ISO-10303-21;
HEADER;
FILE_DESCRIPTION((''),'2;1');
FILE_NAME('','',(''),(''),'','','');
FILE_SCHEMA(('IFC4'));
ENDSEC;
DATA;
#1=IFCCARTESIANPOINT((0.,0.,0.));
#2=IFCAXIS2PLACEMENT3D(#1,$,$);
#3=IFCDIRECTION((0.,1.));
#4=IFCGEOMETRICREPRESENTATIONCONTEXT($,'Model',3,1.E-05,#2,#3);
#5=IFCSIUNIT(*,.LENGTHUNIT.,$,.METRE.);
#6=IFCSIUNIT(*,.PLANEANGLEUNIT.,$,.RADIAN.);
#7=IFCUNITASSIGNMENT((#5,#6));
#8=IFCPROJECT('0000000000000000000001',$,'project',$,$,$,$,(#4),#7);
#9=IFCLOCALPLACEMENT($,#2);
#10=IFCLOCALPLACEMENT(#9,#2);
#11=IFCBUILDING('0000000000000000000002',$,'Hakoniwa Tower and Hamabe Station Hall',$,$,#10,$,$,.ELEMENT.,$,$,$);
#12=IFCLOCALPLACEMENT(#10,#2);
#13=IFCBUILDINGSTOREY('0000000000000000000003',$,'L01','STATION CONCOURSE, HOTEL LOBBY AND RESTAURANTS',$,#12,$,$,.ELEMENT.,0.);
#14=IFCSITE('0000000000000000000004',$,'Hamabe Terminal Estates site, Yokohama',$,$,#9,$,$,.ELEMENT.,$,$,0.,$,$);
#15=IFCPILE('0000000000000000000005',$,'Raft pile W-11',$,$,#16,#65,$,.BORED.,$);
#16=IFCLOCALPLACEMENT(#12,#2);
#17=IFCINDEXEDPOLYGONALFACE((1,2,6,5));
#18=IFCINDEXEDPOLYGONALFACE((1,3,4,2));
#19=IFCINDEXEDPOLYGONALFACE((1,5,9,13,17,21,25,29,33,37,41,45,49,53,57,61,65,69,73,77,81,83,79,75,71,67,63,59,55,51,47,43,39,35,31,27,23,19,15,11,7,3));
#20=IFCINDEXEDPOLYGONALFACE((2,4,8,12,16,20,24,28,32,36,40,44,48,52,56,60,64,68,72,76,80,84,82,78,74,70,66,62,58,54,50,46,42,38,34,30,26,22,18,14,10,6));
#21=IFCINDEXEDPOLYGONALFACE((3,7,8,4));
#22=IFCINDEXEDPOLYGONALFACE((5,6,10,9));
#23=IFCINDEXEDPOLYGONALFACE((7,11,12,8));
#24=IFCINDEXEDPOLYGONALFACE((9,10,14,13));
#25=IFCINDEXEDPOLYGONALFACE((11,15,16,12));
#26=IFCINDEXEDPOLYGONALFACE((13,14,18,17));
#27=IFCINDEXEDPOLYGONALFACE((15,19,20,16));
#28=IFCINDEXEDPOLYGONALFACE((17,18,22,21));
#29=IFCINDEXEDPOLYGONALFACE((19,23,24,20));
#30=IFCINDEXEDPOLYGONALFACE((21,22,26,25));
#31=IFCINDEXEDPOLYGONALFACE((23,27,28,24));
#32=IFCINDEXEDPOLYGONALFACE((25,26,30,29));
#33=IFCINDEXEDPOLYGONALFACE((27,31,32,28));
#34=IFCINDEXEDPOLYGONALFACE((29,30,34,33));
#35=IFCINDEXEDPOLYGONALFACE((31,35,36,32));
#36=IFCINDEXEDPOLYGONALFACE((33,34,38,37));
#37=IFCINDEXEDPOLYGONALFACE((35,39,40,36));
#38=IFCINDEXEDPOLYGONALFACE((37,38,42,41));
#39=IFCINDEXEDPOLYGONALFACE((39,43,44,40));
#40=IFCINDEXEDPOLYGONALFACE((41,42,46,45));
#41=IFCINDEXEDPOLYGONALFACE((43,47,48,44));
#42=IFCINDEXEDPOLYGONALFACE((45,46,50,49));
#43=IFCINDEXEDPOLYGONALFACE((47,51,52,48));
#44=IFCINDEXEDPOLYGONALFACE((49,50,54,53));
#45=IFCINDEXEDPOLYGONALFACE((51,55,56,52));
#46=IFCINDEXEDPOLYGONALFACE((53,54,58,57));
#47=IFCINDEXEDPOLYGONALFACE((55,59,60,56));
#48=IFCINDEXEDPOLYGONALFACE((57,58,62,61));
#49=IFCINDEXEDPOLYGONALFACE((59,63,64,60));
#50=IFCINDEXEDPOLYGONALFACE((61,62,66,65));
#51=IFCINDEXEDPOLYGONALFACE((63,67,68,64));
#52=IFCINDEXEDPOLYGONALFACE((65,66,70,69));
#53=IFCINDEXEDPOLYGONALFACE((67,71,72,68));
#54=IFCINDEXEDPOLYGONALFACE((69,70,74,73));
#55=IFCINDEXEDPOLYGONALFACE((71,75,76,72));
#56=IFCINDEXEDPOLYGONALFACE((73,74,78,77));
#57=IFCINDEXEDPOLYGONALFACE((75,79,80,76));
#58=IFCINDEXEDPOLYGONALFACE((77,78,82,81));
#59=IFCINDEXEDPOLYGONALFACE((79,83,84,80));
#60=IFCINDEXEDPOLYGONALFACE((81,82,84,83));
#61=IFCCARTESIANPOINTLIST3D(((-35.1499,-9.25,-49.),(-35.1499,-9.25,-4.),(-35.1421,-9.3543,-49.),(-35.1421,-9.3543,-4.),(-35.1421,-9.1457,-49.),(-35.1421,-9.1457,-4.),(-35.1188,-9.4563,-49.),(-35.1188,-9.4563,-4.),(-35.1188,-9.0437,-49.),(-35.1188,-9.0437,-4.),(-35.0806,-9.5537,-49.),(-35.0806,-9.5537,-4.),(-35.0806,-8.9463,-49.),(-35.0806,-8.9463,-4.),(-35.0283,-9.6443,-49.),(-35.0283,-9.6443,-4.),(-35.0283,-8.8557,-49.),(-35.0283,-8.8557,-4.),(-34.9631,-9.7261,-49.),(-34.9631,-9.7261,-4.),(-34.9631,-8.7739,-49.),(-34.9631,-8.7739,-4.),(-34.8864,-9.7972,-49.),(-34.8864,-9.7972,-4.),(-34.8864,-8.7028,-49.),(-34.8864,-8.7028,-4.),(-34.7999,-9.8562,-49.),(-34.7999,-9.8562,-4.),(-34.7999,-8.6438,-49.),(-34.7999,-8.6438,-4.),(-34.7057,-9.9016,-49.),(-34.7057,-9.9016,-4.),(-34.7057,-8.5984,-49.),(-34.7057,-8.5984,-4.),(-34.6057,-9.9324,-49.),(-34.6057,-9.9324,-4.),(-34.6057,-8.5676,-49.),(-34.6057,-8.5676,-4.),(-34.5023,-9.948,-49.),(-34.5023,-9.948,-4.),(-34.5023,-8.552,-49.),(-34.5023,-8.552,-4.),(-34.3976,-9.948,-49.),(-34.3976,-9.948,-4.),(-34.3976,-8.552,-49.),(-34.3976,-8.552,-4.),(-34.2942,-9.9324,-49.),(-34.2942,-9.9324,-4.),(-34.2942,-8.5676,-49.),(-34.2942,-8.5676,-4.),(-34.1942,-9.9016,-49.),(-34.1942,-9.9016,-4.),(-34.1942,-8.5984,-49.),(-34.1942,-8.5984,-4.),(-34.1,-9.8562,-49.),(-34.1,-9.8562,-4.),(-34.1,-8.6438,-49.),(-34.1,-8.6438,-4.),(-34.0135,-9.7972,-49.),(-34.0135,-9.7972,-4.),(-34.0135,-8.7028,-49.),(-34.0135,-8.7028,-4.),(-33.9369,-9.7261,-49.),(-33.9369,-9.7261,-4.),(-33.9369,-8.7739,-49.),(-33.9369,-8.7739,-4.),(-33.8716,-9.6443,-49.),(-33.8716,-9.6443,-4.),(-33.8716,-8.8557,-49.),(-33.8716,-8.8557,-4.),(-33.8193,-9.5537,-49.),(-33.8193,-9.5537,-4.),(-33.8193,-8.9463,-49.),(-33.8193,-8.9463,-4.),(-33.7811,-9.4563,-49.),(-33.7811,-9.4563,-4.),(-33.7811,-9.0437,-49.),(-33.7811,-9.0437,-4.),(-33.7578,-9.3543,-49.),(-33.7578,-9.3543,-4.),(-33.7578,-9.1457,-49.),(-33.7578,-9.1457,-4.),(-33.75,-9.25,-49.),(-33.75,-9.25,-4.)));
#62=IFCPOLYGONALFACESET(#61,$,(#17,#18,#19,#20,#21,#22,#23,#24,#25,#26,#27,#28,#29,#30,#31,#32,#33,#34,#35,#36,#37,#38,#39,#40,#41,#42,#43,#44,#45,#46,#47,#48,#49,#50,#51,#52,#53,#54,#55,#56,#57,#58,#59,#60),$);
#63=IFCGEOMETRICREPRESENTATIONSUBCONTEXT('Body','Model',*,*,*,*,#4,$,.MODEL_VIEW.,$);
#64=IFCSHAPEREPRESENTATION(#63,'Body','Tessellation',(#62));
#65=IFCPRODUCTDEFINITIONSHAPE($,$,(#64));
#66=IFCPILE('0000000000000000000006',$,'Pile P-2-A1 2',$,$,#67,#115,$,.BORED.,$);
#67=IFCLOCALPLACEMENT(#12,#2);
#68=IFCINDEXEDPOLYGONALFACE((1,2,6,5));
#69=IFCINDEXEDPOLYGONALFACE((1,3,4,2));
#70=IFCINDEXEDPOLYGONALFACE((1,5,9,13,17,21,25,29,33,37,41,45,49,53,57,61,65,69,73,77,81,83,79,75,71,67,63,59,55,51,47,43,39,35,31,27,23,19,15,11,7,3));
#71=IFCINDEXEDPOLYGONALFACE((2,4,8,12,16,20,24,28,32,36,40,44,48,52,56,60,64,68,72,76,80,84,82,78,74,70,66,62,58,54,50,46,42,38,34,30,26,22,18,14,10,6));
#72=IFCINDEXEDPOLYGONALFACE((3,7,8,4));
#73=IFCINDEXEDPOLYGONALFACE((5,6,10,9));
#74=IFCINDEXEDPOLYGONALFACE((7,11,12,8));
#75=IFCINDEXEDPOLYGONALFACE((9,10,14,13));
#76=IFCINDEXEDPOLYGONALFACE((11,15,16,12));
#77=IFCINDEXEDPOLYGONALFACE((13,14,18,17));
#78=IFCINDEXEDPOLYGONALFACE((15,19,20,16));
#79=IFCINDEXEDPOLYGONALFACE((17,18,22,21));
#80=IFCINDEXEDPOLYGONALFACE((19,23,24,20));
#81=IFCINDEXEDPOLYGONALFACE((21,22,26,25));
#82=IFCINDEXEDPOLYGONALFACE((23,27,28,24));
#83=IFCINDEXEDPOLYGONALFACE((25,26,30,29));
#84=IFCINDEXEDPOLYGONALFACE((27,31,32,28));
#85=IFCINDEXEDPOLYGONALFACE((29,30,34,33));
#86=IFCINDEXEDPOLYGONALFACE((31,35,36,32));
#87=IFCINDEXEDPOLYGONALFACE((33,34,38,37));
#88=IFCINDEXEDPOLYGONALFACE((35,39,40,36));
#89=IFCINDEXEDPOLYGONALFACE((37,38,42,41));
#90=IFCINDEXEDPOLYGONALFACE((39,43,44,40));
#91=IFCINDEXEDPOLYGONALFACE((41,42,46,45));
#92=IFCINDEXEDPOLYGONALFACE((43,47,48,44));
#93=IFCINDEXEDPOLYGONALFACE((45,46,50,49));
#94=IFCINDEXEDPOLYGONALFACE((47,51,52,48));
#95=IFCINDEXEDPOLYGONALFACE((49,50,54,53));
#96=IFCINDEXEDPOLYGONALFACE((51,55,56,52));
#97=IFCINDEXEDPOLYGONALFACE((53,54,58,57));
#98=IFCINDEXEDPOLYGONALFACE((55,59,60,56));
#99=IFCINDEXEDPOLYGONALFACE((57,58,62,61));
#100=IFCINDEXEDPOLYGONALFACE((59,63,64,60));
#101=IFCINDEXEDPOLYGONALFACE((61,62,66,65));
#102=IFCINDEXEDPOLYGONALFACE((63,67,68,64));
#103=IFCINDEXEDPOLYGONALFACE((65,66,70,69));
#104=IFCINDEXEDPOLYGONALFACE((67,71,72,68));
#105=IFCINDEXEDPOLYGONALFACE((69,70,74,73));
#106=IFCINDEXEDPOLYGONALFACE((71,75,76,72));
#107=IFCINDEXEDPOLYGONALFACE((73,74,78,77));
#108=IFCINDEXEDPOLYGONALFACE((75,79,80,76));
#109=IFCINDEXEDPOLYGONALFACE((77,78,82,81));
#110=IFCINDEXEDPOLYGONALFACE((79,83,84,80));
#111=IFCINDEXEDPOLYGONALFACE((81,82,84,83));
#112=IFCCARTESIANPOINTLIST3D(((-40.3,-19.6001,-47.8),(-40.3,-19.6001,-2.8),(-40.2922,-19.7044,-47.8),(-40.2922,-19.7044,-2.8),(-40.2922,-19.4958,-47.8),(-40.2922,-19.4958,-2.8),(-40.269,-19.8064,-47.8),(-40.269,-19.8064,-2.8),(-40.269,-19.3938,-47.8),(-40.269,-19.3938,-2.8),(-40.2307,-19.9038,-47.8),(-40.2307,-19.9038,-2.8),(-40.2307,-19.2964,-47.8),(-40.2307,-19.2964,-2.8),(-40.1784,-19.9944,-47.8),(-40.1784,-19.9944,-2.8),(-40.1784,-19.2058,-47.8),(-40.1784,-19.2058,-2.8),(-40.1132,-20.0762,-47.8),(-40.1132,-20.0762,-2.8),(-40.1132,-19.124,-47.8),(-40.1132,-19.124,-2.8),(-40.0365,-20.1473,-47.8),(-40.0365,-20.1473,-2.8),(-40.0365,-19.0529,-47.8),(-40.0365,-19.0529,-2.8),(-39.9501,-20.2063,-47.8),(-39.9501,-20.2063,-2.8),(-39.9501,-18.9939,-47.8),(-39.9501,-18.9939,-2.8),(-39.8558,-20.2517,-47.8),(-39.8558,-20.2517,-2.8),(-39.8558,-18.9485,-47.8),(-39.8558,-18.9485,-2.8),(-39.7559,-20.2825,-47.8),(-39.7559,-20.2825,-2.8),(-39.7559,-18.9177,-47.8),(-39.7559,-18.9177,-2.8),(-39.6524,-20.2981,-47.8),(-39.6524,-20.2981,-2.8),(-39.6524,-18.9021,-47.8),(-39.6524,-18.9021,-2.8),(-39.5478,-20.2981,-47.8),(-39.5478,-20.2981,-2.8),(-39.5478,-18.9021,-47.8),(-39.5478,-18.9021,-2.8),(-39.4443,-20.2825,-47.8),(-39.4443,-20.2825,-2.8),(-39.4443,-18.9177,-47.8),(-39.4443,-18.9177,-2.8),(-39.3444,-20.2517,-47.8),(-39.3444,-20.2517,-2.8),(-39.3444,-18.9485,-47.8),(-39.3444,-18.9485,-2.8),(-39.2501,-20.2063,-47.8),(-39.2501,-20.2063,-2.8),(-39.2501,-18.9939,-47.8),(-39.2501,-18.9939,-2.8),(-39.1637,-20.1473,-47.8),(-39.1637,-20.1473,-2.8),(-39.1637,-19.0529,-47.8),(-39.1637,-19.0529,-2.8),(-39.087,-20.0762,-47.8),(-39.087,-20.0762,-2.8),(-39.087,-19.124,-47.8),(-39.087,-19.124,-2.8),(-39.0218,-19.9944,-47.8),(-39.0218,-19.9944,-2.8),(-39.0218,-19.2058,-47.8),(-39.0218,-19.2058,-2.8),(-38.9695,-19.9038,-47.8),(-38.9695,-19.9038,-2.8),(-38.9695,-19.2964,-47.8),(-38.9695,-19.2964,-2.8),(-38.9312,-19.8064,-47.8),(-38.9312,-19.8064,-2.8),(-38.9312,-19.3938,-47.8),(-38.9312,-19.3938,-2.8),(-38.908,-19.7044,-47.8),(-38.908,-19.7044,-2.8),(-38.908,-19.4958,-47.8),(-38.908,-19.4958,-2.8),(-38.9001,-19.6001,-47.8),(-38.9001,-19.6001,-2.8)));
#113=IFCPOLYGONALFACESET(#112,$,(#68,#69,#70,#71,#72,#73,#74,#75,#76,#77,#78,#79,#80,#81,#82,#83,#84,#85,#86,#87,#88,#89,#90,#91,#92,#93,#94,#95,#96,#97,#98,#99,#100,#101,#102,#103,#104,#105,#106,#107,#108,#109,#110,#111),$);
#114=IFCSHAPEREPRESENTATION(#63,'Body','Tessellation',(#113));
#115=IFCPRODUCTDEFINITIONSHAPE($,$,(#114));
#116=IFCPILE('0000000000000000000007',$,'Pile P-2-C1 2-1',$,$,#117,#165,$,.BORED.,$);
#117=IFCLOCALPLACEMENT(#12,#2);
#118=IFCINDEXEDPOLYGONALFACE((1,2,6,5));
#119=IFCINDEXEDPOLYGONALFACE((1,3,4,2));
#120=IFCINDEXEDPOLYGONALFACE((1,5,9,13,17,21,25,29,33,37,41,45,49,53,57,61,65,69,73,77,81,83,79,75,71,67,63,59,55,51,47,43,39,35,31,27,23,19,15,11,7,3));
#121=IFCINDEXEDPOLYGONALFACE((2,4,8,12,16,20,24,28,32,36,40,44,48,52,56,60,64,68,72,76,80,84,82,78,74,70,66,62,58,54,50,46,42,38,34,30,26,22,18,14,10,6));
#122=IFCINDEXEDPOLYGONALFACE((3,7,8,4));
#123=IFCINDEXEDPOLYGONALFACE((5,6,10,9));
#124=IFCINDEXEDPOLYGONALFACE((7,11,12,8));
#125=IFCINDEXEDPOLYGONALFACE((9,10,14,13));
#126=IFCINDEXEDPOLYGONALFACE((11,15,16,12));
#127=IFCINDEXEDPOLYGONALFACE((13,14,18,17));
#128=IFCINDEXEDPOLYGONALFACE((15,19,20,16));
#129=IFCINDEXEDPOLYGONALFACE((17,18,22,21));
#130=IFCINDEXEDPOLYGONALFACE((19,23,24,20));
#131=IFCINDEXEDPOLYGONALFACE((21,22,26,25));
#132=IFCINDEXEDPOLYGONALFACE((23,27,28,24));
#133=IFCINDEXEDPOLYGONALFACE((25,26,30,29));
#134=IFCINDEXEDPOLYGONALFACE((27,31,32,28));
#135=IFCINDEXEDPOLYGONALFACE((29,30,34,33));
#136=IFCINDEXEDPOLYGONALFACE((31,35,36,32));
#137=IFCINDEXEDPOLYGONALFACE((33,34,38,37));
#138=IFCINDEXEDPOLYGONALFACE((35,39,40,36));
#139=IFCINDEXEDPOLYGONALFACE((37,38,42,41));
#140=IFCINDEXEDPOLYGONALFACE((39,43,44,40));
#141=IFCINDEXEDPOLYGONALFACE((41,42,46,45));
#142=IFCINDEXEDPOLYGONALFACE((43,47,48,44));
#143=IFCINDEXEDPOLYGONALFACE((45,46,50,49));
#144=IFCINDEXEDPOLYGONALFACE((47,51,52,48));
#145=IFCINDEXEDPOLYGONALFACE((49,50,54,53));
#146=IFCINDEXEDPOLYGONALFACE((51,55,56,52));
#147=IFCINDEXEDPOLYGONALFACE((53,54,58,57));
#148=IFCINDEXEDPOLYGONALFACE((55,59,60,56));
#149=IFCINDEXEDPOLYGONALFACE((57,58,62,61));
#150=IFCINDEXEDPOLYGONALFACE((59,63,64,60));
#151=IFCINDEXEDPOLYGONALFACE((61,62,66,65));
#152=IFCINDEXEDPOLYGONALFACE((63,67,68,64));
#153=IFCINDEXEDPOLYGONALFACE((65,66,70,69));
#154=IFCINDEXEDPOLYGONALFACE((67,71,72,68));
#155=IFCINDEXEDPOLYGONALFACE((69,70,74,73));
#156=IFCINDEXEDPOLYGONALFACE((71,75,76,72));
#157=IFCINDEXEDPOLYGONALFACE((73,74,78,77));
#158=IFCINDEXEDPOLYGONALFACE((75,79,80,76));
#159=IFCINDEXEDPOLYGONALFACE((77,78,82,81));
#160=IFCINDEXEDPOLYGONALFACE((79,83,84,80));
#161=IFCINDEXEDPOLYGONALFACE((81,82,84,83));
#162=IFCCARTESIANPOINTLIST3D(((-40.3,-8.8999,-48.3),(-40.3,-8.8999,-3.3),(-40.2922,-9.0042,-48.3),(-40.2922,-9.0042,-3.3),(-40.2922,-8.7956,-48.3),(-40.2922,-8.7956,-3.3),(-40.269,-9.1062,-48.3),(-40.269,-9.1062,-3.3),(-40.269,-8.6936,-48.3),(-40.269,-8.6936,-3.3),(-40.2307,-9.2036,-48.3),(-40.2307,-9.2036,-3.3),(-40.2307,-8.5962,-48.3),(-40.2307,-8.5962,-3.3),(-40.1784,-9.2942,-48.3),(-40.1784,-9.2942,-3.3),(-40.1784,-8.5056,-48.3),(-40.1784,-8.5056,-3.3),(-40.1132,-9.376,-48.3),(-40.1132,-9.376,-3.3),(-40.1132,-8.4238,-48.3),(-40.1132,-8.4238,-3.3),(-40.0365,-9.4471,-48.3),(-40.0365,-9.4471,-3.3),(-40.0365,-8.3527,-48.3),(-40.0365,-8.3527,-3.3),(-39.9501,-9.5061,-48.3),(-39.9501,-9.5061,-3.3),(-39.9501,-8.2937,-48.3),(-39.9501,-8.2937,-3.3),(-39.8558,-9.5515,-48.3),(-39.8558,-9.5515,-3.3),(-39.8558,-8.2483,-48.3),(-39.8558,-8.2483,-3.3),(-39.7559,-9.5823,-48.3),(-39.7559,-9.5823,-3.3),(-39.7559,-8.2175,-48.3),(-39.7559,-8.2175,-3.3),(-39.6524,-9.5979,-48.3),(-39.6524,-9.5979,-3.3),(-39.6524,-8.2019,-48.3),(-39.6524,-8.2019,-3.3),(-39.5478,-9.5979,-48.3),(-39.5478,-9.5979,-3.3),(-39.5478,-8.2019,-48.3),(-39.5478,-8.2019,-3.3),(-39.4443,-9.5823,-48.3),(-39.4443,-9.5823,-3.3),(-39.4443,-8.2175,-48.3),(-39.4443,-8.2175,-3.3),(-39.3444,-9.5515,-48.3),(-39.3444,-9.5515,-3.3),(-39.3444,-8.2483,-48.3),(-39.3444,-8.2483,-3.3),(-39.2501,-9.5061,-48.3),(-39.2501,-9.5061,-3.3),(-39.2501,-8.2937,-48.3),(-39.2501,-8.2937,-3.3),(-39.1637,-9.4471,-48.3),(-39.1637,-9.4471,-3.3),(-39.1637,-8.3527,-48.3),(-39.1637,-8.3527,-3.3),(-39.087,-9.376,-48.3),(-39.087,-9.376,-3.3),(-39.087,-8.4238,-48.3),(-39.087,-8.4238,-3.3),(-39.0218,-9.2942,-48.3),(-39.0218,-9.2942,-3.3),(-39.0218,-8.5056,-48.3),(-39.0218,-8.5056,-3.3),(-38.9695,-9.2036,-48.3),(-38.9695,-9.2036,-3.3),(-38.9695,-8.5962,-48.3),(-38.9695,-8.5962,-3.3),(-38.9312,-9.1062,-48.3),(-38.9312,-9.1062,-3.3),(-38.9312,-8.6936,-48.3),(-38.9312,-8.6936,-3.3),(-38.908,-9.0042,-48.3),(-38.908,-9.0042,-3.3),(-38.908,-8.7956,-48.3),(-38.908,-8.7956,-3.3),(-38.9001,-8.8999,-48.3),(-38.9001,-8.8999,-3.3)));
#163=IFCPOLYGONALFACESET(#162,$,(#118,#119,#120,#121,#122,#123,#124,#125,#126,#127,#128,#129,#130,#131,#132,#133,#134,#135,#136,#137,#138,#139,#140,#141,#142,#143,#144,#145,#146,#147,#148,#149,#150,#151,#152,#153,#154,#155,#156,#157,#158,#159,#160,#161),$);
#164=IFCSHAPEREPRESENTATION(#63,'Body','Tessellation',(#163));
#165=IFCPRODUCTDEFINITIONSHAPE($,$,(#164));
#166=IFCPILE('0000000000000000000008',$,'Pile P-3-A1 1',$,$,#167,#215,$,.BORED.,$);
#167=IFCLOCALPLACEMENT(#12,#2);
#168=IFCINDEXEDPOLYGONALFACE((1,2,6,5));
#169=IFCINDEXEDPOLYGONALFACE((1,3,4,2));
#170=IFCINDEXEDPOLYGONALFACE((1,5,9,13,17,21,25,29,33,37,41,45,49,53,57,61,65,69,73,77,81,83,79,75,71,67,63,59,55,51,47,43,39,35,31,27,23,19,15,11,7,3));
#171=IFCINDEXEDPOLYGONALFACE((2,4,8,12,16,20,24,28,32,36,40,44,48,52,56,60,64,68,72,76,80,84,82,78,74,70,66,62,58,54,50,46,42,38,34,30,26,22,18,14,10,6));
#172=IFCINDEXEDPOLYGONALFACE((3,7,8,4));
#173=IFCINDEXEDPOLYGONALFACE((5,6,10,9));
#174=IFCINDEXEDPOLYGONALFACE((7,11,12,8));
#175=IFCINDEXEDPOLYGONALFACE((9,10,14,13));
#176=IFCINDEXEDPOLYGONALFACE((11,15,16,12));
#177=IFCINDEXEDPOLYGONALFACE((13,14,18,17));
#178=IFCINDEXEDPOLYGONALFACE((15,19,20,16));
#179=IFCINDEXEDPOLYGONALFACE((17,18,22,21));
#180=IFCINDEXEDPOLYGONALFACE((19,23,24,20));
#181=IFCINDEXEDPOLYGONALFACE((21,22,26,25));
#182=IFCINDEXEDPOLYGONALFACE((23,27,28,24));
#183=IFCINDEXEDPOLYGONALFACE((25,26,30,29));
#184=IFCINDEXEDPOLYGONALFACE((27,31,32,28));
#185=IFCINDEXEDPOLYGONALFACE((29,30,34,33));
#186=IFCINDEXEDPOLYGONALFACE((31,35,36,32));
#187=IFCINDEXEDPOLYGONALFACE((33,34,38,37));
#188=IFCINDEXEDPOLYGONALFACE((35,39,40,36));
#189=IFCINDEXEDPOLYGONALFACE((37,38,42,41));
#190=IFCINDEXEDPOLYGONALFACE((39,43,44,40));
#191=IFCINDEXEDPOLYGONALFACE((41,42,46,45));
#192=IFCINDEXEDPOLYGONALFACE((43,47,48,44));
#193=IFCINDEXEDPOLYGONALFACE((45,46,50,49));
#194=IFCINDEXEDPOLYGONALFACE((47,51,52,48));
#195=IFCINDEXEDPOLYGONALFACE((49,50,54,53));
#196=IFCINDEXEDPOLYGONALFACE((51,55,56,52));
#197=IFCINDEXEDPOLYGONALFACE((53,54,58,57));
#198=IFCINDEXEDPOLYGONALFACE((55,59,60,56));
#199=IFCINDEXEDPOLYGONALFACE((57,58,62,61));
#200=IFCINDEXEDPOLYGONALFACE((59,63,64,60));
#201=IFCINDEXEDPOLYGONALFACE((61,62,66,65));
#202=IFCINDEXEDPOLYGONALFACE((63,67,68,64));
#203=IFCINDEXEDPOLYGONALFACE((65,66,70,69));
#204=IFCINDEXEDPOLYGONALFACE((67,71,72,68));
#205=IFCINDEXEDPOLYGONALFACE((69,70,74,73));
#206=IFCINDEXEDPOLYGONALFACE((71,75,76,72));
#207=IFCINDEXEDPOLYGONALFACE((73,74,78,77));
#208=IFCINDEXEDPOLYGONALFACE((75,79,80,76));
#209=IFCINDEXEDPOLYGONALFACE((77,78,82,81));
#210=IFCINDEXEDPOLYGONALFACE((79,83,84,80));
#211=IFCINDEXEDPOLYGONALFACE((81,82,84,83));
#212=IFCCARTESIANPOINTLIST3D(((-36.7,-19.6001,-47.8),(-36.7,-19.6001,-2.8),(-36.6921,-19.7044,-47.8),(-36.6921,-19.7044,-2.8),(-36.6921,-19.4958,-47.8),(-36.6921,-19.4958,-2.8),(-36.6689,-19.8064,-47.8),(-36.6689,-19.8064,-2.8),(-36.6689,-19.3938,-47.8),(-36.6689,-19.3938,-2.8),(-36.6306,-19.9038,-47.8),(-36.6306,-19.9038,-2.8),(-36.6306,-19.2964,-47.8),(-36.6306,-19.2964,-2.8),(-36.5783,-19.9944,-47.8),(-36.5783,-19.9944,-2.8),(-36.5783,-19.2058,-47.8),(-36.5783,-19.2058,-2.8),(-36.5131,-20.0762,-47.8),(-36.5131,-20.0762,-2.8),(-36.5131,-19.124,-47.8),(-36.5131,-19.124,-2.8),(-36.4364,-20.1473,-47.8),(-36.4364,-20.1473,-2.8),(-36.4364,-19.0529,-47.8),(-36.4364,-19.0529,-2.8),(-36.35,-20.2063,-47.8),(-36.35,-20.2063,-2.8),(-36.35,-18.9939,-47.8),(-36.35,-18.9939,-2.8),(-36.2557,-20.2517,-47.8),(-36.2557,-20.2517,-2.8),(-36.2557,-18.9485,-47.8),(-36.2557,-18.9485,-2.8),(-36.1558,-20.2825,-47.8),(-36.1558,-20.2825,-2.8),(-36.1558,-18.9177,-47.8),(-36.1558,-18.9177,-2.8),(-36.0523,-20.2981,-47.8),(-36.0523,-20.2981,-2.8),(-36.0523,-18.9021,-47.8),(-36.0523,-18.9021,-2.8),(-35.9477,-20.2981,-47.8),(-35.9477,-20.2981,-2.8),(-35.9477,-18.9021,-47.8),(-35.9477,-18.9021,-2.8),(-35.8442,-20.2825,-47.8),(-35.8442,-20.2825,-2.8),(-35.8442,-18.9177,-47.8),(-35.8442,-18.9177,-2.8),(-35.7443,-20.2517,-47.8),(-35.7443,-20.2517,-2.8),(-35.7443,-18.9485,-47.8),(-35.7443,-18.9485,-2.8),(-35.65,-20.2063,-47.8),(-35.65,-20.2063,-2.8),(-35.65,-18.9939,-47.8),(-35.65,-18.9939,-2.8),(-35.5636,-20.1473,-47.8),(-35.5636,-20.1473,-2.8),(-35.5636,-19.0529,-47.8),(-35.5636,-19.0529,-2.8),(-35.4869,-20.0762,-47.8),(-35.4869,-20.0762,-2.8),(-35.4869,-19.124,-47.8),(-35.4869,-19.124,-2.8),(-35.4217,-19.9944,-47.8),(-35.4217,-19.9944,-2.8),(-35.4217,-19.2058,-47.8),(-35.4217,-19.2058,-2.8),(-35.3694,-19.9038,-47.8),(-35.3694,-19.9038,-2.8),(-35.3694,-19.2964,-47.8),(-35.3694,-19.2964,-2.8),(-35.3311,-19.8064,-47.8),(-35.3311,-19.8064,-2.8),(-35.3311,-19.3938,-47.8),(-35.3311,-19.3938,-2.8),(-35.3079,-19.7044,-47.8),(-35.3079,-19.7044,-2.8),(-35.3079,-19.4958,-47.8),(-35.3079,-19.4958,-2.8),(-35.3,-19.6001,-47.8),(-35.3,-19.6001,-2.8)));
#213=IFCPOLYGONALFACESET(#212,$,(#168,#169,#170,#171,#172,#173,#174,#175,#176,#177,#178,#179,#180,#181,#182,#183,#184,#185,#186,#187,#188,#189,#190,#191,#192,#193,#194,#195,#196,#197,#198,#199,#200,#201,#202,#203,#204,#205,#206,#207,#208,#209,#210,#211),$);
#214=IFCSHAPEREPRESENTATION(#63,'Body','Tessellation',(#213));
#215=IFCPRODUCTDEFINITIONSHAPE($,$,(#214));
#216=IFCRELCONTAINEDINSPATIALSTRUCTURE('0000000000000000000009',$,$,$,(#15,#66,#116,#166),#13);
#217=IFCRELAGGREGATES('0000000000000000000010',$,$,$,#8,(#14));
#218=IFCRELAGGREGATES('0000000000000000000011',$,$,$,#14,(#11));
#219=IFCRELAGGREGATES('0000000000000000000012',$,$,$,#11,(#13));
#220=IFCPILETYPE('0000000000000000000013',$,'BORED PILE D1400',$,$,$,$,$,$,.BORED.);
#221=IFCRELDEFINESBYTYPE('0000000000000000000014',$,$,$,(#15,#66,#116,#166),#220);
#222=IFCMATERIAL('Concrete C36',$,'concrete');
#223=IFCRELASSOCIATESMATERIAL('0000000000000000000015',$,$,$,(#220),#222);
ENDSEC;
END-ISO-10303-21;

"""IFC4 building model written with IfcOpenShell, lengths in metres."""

from ifc_helpers import new_model, si_unit, direction, frame, origin, origin_2d, place, context, subcontext, project, spatial, circle, extrude, material, material_profile, profile_set, type_object, element, save


model = new_model("IFC4")

# Units and contexts
model_context = context("Model", 3, precision=1e-05, world=origin(), true_north=direction((0.0, 1.0)))
body_context = subcontext(model_context, "Body", "Model", "MODEL_VIEW")
ifc_project = project(units=[si_unit("LENGTHUNIT", "METRE"), si_unit("PLANEANGLEUNIT", "RADIAN")], contexts=[model_context])

# Site, building, storey
site_placement = place(None, origin())
site = spatial("IfcSite", under=ifc_project, at=site_placement, Name="Hamabe Terminal Estates site, Yokohama", CompositionType="ELEMENT", RefElevation=0.0)
building_placement = place(site_placement, origin())
building = spatial("IfcBuilding", under=site, at=building_placement, Name="Hakoniwa Tower and Hamabe Station Hall", CompositionType="ELEMENT")
storey_placement = place(building_placement, origin())
storey = spatial("IfcBuildingStorey", under=building, at=storey_placement, Name="L01", Description="STATION CONCOURSE, HOTEL LOBBY AND RESTAURANTS", CompositionType="ELEMENT", Elevation=0.0)

# Piles
ifc_material_1 = material(Name="Concrete C36", Category="concrete")
ifc_material_profile_1 = material_profile(ifc_material_1, circle(Radius=0.7, at=origin_2d()), Name="BORED PILE D1400")
ifc_profile_set_1 = profile_set([ifc_material_profile_1], Name="Concrete C36")
pile_type = type_object("IfcPileType", Name="BORED PILE D1400", PredefinedType="BORED", material=ifc_profile_set_1)
for number, where, z_axis, x_axis, name in (
    (1, (-34.45, -9.25, -4.0), (0.0, 0.0, -1.0), (1.0, 0.0, 0.0), "Raft pile W-11"),
    (2, (-39.6001, -19.6001, -2.8), (0.0, 0.0, -1.0), (1.0, 0.0, 0.0), "Pile P-2-A1 2"),
    (3, (-39.6001, -8.8999, -3.3), (0.0, 0.0, -1.0), (1.0, 0.0, 0.0), "Pile P-2-C1 2-1"),
    (4, (-36.0, -19.6001, -2.8), (0.0, 0.0, -1.0), (1.0, 0.0, 0.0), "Pile P-3-A1 1"),
):
    element("IfcPile", number, at=place(storey_placement, frame(where, z_axis=z_axis, x_axis=x_axis)), inside=storey, type_object=pile_type, Name=name, PredefinedType="BORED", context=body_context, shape_type="SweptSolid", body=[
        extrude(circle(Radius=0.7, at=origin_2d()), origin(), (0.0, 0.0, 1.0), 45.0),
    ])

save(model, "model.ifc")
